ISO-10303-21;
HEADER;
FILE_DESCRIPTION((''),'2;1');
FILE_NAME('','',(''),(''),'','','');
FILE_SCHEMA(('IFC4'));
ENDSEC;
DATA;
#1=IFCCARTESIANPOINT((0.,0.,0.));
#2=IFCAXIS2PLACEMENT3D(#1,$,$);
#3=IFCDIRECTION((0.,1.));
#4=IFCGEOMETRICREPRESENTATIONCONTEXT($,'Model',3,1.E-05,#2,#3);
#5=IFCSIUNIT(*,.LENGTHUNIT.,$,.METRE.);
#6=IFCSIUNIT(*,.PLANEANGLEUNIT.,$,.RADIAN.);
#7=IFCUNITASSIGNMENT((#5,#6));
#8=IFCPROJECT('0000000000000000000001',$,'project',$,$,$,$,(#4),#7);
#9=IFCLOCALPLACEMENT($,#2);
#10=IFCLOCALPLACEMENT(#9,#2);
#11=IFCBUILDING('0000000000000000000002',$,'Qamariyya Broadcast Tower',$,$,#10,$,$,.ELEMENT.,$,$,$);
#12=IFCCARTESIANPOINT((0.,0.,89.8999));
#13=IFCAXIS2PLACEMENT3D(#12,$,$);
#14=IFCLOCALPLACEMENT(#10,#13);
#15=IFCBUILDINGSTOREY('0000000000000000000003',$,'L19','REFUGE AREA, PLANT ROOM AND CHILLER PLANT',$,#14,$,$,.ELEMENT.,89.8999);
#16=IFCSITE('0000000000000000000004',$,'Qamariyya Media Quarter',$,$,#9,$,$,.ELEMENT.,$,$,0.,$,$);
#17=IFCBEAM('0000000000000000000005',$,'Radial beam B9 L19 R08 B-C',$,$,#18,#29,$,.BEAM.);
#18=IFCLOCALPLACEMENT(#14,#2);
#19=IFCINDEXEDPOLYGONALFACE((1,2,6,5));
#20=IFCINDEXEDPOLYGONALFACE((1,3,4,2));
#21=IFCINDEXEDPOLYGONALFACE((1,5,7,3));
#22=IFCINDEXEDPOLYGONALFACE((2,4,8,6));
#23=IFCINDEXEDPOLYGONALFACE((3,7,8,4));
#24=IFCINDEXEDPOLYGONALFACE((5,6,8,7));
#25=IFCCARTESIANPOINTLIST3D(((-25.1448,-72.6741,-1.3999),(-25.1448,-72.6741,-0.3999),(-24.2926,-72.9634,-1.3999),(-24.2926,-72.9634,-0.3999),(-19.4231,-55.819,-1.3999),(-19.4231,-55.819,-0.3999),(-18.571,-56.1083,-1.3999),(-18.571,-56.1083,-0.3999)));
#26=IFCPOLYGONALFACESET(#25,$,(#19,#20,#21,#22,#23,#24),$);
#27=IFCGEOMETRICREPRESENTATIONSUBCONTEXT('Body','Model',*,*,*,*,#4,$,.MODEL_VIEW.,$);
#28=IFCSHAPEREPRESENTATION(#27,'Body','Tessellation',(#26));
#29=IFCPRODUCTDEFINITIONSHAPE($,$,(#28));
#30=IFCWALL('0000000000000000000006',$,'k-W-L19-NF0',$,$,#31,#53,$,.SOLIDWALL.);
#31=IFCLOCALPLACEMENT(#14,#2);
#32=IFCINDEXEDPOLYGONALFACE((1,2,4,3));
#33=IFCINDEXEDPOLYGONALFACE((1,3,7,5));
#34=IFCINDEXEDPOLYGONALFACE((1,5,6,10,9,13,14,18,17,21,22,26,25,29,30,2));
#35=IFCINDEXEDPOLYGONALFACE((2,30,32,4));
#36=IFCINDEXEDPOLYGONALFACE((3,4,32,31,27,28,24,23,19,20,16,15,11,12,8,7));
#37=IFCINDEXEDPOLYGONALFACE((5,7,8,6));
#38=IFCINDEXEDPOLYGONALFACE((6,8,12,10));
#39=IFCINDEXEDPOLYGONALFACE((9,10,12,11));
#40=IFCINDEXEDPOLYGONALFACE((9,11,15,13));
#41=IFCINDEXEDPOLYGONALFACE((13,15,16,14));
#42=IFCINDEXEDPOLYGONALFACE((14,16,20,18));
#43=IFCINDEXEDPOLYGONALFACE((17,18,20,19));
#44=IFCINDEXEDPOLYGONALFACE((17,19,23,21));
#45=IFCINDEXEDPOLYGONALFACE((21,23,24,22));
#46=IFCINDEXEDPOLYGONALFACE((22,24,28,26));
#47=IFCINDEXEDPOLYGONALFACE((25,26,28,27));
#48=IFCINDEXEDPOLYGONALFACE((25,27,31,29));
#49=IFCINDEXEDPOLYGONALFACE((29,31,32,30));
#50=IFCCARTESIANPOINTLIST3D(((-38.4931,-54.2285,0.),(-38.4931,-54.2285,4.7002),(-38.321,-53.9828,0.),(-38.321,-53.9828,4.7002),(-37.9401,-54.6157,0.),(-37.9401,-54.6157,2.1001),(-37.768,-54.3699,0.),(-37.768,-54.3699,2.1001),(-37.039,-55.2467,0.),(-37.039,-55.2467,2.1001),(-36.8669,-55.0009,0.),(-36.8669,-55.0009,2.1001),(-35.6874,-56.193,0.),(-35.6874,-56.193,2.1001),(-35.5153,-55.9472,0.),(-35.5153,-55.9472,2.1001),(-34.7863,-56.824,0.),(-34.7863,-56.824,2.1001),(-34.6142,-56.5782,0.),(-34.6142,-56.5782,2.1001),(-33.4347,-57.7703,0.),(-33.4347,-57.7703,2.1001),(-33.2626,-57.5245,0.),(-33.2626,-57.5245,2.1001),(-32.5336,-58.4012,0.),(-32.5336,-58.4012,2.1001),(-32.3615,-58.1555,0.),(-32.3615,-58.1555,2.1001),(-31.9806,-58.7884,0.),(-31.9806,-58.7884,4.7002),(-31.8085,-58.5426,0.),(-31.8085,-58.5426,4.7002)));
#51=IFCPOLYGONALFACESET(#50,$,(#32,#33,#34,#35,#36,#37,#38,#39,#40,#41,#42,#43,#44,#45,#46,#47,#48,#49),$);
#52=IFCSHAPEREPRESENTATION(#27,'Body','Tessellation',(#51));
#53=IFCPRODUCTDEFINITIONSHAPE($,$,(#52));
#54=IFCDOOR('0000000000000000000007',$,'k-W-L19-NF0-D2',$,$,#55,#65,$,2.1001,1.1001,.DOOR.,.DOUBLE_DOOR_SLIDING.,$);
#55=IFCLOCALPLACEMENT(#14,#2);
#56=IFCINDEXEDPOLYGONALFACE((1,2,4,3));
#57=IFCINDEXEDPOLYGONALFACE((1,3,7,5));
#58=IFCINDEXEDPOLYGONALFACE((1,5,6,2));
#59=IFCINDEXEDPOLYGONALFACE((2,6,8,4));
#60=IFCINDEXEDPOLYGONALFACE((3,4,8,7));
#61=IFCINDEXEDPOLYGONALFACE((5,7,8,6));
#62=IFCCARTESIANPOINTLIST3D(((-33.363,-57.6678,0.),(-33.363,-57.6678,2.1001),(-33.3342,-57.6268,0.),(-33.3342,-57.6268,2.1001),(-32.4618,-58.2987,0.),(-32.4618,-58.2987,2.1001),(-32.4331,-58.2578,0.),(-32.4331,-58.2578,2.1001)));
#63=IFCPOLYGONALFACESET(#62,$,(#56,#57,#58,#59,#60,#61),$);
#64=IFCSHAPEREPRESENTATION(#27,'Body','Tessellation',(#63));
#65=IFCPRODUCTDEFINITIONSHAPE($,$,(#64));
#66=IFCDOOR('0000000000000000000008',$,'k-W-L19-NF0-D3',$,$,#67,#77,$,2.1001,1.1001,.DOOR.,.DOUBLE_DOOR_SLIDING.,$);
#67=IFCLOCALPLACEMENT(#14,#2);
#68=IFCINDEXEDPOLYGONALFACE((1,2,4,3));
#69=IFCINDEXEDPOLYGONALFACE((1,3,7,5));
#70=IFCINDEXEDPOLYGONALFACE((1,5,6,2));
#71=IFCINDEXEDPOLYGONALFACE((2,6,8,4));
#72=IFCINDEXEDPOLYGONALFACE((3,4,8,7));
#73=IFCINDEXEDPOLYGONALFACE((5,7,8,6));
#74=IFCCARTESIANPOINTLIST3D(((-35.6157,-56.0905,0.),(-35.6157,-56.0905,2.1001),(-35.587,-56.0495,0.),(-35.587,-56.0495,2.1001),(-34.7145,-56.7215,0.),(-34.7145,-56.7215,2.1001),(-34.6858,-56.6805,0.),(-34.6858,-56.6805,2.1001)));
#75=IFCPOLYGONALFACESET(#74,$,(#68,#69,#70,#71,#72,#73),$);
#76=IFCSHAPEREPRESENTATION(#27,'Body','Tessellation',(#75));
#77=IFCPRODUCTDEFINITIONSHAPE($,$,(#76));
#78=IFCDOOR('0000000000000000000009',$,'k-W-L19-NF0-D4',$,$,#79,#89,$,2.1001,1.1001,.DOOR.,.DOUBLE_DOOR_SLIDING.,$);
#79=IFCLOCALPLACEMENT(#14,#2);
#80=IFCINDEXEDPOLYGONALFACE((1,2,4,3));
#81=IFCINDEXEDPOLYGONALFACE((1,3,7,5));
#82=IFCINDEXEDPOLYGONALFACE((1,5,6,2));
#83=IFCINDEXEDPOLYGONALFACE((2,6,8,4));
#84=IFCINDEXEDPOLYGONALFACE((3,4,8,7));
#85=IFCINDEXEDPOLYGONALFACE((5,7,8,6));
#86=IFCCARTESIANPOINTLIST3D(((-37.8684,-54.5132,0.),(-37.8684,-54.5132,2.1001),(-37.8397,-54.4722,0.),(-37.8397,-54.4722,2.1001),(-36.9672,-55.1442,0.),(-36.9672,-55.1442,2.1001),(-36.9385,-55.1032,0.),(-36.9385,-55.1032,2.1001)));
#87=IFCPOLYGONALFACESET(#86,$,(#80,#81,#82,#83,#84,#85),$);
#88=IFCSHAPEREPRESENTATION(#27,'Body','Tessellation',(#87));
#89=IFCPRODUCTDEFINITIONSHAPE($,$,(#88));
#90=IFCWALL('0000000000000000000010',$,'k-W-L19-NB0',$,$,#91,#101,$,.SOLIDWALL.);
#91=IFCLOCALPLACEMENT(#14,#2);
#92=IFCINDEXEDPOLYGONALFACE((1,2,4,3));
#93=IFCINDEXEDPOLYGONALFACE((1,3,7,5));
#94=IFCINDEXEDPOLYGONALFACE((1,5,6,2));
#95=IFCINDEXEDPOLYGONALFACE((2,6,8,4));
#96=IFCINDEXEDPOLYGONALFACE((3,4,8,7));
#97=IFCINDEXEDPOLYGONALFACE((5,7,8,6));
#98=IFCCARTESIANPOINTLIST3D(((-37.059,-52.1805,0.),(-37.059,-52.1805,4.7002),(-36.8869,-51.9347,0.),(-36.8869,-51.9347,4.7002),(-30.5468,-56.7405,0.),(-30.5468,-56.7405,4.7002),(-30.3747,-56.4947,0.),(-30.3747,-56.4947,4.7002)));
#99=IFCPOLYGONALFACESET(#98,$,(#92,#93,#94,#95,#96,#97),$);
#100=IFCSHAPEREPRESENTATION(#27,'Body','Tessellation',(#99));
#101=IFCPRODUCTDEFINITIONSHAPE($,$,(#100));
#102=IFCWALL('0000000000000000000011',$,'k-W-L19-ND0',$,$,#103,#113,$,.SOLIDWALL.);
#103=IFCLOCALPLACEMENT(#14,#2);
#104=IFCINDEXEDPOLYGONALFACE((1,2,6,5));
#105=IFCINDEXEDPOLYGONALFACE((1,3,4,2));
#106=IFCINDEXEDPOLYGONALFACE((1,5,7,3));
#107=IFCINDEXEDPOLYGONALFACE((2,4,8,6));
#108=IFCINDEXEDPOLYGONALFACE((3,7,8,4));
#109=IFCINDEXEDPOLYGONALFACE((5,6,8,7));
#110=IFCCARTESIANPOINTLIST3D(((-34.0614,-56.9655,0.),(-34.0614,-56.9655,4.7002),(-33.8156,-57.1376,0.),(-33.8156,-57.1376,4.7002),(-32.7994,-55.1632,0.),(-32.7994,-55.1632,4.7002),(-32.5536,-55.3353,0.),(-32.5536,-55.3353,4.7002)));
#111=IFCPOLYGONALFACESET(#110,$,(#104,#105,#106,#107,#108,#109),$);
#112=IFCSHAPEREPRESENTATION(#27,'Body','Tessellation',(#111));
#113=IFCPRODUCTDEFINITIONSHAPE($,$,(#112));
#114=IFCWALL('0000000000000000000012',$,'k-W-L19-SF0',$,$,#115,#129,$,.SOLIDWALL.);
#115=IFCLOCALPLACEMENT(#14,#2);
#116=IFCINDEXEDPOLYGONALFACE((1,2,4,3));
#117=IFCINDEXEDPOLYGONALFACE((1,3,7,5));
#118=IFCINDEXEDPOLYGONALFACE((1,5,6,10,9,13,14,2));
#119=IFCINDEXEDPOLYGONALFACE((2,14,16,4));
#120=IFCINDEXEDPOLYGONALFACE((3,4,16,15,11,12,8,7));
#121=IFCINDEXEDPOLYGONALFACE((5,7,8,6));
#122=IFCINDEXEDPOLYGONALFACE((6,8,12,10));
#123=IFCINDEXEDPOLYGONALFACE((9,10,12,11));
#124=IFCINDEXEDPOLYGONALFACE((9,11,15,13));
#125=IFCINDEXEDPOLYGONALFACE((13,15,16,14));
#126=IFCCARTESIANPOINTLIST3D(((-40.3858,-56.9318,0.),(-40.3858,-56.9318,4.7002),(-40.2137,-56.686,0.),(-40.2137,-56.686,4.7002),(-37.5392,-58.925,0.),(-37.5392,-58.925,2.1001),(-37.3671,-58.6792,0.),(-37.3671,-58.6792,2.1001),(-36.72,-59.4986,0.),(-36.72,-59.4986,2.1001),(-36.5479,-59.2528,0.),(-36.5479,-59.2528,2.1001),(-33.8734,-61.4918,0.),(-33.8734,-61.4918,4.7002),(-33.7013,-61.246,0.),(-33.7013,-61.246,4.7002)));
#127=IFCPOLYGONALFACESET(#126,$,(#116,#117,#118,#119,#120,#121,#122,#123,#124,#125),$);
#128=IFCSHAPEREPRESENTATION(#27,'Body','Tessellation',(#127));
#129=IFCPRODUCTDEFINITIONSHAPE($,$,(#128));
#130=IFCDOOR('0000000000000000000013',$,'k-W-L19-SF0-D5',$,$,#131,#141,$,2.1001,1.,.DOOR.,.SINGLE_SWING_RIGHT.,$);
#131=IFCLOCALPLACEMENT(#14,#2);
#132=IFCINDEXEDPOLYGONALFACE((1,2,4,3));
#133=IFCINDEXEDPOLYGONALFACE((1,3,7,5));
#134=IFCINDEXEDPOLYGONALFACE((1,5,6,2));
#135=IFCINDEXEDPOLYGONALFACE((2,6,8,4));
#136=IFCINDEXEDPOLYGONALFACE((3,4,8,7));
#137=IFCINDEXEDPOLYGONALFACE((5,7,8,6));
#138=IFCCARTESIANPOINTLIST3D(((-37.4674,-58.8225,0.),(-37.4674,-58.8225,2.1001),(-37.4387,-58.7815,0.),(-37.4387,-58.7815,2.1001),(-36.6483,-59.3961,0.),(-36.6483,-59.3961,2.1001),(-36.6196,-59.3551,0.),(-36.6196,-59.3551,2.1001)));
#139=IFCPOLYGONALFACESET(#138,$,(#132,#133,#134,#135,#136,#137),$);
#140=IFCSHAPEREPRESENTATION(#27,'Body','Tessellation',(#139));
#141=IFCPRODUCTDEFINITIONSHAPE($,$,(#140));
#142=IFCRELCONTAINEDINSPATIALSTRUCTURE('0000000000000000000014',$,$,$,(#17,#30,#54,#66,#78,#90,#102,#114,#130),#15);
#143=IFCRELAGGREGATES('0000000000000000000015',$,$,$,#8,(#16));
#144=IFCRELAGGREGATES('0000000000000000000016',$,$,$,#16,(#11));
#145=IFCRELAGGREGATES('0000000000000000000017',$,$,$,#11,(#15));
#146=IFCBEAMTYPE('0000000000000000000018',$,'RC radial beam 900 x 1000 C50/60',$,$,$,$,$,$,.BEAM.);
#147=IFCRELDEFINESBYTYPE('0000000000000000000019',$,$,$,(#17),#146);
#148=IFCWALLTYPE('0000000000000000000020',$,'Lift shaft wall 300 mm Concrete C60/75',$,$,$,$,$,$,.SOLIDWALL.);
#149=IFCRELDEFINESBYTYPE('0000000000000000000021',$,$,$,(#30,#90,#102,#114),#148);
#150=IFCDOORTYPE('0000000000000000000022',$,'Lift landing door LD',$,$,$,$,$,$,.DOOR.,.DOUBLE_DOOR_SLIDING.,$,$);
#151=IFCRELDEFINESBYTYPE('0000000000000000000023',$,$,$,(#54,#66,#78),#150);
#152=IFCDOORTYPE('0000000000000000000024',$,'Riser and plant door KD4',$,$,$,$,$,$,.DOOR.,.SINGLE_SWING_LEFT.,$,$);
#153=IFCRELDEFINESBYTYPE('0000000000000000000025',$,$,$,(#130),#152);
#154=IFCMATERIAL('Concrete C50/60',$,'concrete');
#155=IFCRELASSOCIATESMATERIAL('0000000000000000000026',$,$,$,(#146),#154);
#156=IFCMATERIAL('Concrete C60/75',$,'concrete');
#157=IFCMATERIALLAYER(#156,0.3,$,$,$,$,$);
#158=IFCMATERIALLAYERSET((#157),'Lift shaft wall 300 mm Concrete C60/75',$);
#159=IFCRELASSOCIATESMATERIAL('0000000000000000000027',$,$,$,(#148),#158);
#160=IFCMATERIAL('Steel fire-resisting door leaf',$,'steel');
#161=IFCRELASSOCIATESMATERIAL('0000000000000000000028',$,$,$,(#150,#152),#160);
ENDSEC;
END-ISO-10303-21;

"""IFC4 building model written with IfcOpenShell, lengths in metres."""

from ifc_helpers import new_model, si_unit, direction, frame, frame_2d, origin, origin_2d, place, context, subcontext, project, spatial, rectangle, extrude, material, layer, layer_set, material_profile, profile_set, type_object, element, fill, save


model = new_model("IFC4")

# Units and contexts
model_context = context("Model", 3, precision=1e-05, world=origin(), true_north=direction((0.0, 1.0)))
body_context = subcontext(model_context, "Body", "Model", "MODEL_VIEW")
ifc_project = project(units=[si_unit("LENGTHUNIT", "METRE"), si_unit("PLANEANGLEUNIT", "RADIAN")], contexts=[model_context])

# Site, building, storey
site_placement = place(None, origin())
site = spatial("IfcSite", under=ifc_project, at=site_placement, Name="Qamariyya Media Quarter", CompositionType="ELEMENT", RefElevation=0.0)
building_placement = place(site_placement, origin())
building = spatial("IfcBuilding", under=site, at=building_placement, Name="Qamariyya Broadcast Tower", CompositionType="ELEMENT")
storey_placement = place(building_placement, frame((0.0, 0.0, 89.8999)))
storey = spatial("IfcBuildingStorey", under=building, at=storey_placement, Name="L19", Description="REFUGE AREA, PLANT ROOM AND CHILLER PLANT", CompositionType="ELEMENT", Elevation=89.8999)

# Beam
ifc_material_1 = material(Name="Concrete C50/60", Category="concrete")
ifc_material_profile_1 = material_profile(ifc_material_1, rectangle(XDim=0.8999, YDim=1.0, at=origin_2d()))
ifc_profile_set_1 = profile_set([ifc_material_profile_1], Name="Concrete C50/60")
beam_type_1 = type_object("IfcBeamType", Name="RC radial beam 900 x 1000 C50/60", PredefinedType="BEAM", material=ifc_profile_set_1)
beam_1_placement = place(storey_placement, frame((-18.9971, -55.9636, -0.8999), z_axis=(-0.321445, -0.946928, 0.0), x_axis=(0.946928, -0.321445, 0.0)))
element("IfcBeam", 1, at=beam_1_placement, inside=storey, type_object=beam_type_1, Name="Radial beam B9 L19 R08 B-C", PredefinedType="BEAM", context=body_context, shape_type="SweptSolid", body=[
    extrude(rectangle(XDim=0.8999, YDim=1.0, at=origin_2d()), origin(), (0.0, 0.0, 1.0), 17.7998),
])

# Wall, openings, doors
ifc_material_2 = material(Name="Concrete C60/75", Category="concrete")
ifc_layer_1 = layer(ifc_material_2, 0.3)
ifc_layer_set_1 = layer_set([ifc_layer_1], Name="Lift shaft wall 300 mm Concrete C60/75")
wall_type_1 = type_object("IfcWallType", Name="Lift shaft wall 300 mm Concrete C60/75", PredefinedType="SOLIDWALL", material=ifc_layer_set_1)
wall_1_placement = place(storey_placement, frame((-31.8945, -58.6655, 0.0), z_axis=(0.0, 0.0, 1.0), x_axis=(-0.819167, 0.573555, 0.0)))
wall_1 = element("IfcWall", 2, at=wall_1_placement, inside=storey, type_object=wall_type_1, Name="k-W-L19-NF0", PredefinedType="SOLIDWALL", context=body_context, shape_type="SweptSolid", body=[
    extrude(rectangle(XDim=7.9502, YDim=0.3, at=frame_2d((3.9751, 0.0))), origin(), (0.0, 0.0, 1.0), 4.7002),
])
opening_1_placement = place(wall_1_placement, frame((0.675, 0.0, 0.0)))
opening_1 = element("IfcOpeningElement", 3, at=opening_1_placement, cuts=wall_1, PredefinedType="OPENING", context=body_context, shape_type="SweptSolid", body=[
    extrude(rectangle(XDim=1.1001, YDim=2.1001, at=frame_2d((0.55, 1.05))), frame((0.0, 0.1599, 0.0), z_axis=(0.0, -1.0, 0.0), x_axis=(1.0, 0.0, 0.0)), (0.0, 0.0, 1.0), 0.3201),
])
opening_2_placement = place(wall_1_placement, frame((3.425, 0.0, 0.0)))
opening_2 = element("IfcOpeningElement", 4, at=opening_2_placement, cuts=wall_1, PredefinedType="OPENING", context=body_context, shape_type="SweptSolid", body=[
    extrude(rectangle(XDim=1.1001, YDim=2.1001, at=frame_2d((0.55, 1.05))), frame((0.0, 0.1599, 0.0), z_axis=(0.0, -1.0, 0.0), x_axis=(1.0, 0.0, 0.0)), (0.0, 0.0, 1.0), 0.3201),
])
opening_3_placement = place(wall_1_placement, frame((6.175, 0.0, 0.0)))
opening_3 = element("IfcOpeningElement", 5, at=opening_3_placement, cuts=wall_1, PredefinedType="OPENING", context=body_context, shape_type="SweptSolid", body=[
    extrude(rectangle(XDim=1.1001, YDim=2.1001, at=frame_2d((0.55, 1.05))), frame((0.0, 0.1599, 0.0), z_axis=(0.0, -1.0, 0.0), x_axis=(1.0, 0.0, 0.0)), (0.0, 0.0, 1.0), 0.3201),
])
ifc_material_3 = material(Name="Steel fire-resisting door leaf", Category="steel")
door_type_1 = type_object("IfcDoorType", Name="Lift landing door LD", OperationType="DOUBLE_DOOR_SLIDING", PredefinedType="DOOR", material=ifc_material_3)
door_1_placement = place(opening_1_placement, origin())
door_1 = element("IfcDoor", 6, at=door_1_placement, inside=storey, type_object=door_type_1, Name="k-W-L19-NF0-D2", OperationType="DOUBLE_DOOR_SLIDING", OverallHeight=2.1001, OverallWidth=1.1001, PredefinedType="DOOR", context=body_context, shape_type="SweptSolid", body=[
    extrude(rectangle(XDim=1.1001, YDim=2.1001, at=frame_2d((0.55, 1.05))), frame((0.0, 0.0249, 0.0), z_axis=(0.0, -1.0, 0.0), x_axis=(1.0, 0.0, 0.0)), (0.0, 0.0, 1.0), 0.05),
])
fill(opening_1, door_1)
door_2_placement = place(opening_2_placement, origin())
door_2 = element("IfcDoor", 7, at=door_2_placement, inside=storey, type_object=door_type_1, Name="k-W-L19-NF0-D3", OperationType="DOUBLE_DOOR_SLIDING", OverallHeight=2.1001, OverallWidth=1.1001, PredefinedType="DOOR", context=body_context, shape_type="SweptSolid", body=[
    extrude(rectangle(XDim=1.1001, YDim=2.1001, at=frame_2d((0.55, 1.05))), frame((0.0, 0.0249, 0.0), z_axis=(0.0, -1.0, 0.0), x_axis=(1.0, 0.0, 0.0)), (0.0, 0.0, 1.0), 0.05),
])
fill(opening_2, door_2)
door_3_placement = place(opening_3_placement, origin())
door_3 = element("IfcDoor", 8, at=door_3_placement, inside=storey, type_object=door_type_1, Name="k-W-L19-NF0-D4", OperationType="DOUBLE_DOOR_SLIDING", OverallHeight=2.1001, OverallWidth=1.1001, PredefinedType="DOOR", context=body_context, shape_type="SweptSolid", body=[
    extrude(rectangle(XDim=1.1001, YDim=2.1001, at=frame_2d((0.55, 1.05))), frame((0.0, 0.0249, 0.0), z_axis=(0.0, -1.0, 0.0), x_axis=(1.0, 0.0, 0.0)), (0.0, 0.0, 1.0), 0.05),
])
fill(opening_3, door_3)

# Walls
wall_2_placement = place(storey_placement, frame((-30.4607, -56.6177, 0.0), z_axis=(0.0, 0.0, 1.0), x_axis=(-0.819142, 0.57359, 0.0)))
element("IfcWall", 9, at=wall_2_placement, inside=storey, type_object=wall_type_1, Name="k-W-L19-NB0", PredefinedType="SOLIDWALL", context=body_context, shape_type="SweptSolid", body=[
    extrude(rectangle(XDim=7.95, YDim=0.3, at=frame_2d((3.9751, 0.0))), origin(), (0.0, 0.0, 1.0), 4.7002),
])
wall_3_placement = place(storey_placement, frame((-33.9385, -57.0515, 0.0), z_axis=(0.0, 0.0, 1.0), x_axis=(0.573581, 0.819149, 0.0)))
element("IfcWall", 10, at=wall_3_placement, inside=storey, type_object=wall_type_1, Name="k-W-L19-ND0", PredefinedType="SOLIDWALL", context=body_context, shape_type="SweptSolid", body=[
    extrude(rectangle(XDim=2.2002, YDim=0.3, at=frame_2d((1.1001, 0.0))), origin(), (0.0, 0.0, 1.0), 4.7002),
])

# Wall, opening, door
wall_4_placement = place(storey_placement, frame((-33.7874, -61.3689, 0.0), z_axis=(0.0, 0.0, 1.0), x_axis=(-0.819153, 0.573576, 0.0)))
wall_4 = element("IfcWall", 11, at=wall_4_placement, inside=storey, type_object=wall_type_1, Name="k-W-L19-SF0", PredefinedType="SOLIDWALL", context=body_context, shape_type="SweptSolid", body=[
    extrude(rectangle(XDim=7.9502, YDim=0.3, at=frame_2d((3.9751, 0.0))), origin(), (0.0, 0.0, 1.0), 4.7002),
])
opening_4_placement = place(wall_4_placement, frame((3.4751, 0.0, 0.0)))
opening_4 = element("IfcOpeningElement", 12, at=opening_4_placement, cuts=wall_4, PredefinedType="OPENING", context=body_context, shape_type="SweptSolid", body=[
    extrude(rectangle(XDim=1.0, YDim=2.1001, at=frame_2d((0.5, 1.05))), frame((0.0, 0.1599, 0.0), z_axis=(0.0, -1.0, 0.0), x_axis=(1.0, 0.0, 0.0)), (0.0, 0.0, 1.0), 0.3201),
])
door_type_2 = type_object("IfcDoorType", Name="Riser and plant door KD4", OperationType="SINGLE_SWING_LEFT", PredefinedType="DOOR", material=ifc_material_3)
door_4_placement = place(opening_4_placement, origin())
door_4 = element("IfcDoor", 13, at=door_4_placement, inside=storey, type_object=door_type_2, Name="k-W-L19-SF0-D5", OperationType="SINGLE_SWING_RIGHT", OverallHeight=2.1001, OverallWidth=1.0, PredefinedType="DOOR", context=body_context, shape_type="SweptSolid", body=[
    extrude(rectangle(XDim=1.0, YDim=2.1001, at=frame_2d((0.5, 1.05))), frame((0.0, 0.0249, 0.0), z_axis=(0.0, -1.0, 0.0), x_axis=(1.0, 0.0, 0.0)), (0.0, 0.0, 1.0), 0.05),
])
fill(opening_4, door_4)

save(model, "model.ifc")
